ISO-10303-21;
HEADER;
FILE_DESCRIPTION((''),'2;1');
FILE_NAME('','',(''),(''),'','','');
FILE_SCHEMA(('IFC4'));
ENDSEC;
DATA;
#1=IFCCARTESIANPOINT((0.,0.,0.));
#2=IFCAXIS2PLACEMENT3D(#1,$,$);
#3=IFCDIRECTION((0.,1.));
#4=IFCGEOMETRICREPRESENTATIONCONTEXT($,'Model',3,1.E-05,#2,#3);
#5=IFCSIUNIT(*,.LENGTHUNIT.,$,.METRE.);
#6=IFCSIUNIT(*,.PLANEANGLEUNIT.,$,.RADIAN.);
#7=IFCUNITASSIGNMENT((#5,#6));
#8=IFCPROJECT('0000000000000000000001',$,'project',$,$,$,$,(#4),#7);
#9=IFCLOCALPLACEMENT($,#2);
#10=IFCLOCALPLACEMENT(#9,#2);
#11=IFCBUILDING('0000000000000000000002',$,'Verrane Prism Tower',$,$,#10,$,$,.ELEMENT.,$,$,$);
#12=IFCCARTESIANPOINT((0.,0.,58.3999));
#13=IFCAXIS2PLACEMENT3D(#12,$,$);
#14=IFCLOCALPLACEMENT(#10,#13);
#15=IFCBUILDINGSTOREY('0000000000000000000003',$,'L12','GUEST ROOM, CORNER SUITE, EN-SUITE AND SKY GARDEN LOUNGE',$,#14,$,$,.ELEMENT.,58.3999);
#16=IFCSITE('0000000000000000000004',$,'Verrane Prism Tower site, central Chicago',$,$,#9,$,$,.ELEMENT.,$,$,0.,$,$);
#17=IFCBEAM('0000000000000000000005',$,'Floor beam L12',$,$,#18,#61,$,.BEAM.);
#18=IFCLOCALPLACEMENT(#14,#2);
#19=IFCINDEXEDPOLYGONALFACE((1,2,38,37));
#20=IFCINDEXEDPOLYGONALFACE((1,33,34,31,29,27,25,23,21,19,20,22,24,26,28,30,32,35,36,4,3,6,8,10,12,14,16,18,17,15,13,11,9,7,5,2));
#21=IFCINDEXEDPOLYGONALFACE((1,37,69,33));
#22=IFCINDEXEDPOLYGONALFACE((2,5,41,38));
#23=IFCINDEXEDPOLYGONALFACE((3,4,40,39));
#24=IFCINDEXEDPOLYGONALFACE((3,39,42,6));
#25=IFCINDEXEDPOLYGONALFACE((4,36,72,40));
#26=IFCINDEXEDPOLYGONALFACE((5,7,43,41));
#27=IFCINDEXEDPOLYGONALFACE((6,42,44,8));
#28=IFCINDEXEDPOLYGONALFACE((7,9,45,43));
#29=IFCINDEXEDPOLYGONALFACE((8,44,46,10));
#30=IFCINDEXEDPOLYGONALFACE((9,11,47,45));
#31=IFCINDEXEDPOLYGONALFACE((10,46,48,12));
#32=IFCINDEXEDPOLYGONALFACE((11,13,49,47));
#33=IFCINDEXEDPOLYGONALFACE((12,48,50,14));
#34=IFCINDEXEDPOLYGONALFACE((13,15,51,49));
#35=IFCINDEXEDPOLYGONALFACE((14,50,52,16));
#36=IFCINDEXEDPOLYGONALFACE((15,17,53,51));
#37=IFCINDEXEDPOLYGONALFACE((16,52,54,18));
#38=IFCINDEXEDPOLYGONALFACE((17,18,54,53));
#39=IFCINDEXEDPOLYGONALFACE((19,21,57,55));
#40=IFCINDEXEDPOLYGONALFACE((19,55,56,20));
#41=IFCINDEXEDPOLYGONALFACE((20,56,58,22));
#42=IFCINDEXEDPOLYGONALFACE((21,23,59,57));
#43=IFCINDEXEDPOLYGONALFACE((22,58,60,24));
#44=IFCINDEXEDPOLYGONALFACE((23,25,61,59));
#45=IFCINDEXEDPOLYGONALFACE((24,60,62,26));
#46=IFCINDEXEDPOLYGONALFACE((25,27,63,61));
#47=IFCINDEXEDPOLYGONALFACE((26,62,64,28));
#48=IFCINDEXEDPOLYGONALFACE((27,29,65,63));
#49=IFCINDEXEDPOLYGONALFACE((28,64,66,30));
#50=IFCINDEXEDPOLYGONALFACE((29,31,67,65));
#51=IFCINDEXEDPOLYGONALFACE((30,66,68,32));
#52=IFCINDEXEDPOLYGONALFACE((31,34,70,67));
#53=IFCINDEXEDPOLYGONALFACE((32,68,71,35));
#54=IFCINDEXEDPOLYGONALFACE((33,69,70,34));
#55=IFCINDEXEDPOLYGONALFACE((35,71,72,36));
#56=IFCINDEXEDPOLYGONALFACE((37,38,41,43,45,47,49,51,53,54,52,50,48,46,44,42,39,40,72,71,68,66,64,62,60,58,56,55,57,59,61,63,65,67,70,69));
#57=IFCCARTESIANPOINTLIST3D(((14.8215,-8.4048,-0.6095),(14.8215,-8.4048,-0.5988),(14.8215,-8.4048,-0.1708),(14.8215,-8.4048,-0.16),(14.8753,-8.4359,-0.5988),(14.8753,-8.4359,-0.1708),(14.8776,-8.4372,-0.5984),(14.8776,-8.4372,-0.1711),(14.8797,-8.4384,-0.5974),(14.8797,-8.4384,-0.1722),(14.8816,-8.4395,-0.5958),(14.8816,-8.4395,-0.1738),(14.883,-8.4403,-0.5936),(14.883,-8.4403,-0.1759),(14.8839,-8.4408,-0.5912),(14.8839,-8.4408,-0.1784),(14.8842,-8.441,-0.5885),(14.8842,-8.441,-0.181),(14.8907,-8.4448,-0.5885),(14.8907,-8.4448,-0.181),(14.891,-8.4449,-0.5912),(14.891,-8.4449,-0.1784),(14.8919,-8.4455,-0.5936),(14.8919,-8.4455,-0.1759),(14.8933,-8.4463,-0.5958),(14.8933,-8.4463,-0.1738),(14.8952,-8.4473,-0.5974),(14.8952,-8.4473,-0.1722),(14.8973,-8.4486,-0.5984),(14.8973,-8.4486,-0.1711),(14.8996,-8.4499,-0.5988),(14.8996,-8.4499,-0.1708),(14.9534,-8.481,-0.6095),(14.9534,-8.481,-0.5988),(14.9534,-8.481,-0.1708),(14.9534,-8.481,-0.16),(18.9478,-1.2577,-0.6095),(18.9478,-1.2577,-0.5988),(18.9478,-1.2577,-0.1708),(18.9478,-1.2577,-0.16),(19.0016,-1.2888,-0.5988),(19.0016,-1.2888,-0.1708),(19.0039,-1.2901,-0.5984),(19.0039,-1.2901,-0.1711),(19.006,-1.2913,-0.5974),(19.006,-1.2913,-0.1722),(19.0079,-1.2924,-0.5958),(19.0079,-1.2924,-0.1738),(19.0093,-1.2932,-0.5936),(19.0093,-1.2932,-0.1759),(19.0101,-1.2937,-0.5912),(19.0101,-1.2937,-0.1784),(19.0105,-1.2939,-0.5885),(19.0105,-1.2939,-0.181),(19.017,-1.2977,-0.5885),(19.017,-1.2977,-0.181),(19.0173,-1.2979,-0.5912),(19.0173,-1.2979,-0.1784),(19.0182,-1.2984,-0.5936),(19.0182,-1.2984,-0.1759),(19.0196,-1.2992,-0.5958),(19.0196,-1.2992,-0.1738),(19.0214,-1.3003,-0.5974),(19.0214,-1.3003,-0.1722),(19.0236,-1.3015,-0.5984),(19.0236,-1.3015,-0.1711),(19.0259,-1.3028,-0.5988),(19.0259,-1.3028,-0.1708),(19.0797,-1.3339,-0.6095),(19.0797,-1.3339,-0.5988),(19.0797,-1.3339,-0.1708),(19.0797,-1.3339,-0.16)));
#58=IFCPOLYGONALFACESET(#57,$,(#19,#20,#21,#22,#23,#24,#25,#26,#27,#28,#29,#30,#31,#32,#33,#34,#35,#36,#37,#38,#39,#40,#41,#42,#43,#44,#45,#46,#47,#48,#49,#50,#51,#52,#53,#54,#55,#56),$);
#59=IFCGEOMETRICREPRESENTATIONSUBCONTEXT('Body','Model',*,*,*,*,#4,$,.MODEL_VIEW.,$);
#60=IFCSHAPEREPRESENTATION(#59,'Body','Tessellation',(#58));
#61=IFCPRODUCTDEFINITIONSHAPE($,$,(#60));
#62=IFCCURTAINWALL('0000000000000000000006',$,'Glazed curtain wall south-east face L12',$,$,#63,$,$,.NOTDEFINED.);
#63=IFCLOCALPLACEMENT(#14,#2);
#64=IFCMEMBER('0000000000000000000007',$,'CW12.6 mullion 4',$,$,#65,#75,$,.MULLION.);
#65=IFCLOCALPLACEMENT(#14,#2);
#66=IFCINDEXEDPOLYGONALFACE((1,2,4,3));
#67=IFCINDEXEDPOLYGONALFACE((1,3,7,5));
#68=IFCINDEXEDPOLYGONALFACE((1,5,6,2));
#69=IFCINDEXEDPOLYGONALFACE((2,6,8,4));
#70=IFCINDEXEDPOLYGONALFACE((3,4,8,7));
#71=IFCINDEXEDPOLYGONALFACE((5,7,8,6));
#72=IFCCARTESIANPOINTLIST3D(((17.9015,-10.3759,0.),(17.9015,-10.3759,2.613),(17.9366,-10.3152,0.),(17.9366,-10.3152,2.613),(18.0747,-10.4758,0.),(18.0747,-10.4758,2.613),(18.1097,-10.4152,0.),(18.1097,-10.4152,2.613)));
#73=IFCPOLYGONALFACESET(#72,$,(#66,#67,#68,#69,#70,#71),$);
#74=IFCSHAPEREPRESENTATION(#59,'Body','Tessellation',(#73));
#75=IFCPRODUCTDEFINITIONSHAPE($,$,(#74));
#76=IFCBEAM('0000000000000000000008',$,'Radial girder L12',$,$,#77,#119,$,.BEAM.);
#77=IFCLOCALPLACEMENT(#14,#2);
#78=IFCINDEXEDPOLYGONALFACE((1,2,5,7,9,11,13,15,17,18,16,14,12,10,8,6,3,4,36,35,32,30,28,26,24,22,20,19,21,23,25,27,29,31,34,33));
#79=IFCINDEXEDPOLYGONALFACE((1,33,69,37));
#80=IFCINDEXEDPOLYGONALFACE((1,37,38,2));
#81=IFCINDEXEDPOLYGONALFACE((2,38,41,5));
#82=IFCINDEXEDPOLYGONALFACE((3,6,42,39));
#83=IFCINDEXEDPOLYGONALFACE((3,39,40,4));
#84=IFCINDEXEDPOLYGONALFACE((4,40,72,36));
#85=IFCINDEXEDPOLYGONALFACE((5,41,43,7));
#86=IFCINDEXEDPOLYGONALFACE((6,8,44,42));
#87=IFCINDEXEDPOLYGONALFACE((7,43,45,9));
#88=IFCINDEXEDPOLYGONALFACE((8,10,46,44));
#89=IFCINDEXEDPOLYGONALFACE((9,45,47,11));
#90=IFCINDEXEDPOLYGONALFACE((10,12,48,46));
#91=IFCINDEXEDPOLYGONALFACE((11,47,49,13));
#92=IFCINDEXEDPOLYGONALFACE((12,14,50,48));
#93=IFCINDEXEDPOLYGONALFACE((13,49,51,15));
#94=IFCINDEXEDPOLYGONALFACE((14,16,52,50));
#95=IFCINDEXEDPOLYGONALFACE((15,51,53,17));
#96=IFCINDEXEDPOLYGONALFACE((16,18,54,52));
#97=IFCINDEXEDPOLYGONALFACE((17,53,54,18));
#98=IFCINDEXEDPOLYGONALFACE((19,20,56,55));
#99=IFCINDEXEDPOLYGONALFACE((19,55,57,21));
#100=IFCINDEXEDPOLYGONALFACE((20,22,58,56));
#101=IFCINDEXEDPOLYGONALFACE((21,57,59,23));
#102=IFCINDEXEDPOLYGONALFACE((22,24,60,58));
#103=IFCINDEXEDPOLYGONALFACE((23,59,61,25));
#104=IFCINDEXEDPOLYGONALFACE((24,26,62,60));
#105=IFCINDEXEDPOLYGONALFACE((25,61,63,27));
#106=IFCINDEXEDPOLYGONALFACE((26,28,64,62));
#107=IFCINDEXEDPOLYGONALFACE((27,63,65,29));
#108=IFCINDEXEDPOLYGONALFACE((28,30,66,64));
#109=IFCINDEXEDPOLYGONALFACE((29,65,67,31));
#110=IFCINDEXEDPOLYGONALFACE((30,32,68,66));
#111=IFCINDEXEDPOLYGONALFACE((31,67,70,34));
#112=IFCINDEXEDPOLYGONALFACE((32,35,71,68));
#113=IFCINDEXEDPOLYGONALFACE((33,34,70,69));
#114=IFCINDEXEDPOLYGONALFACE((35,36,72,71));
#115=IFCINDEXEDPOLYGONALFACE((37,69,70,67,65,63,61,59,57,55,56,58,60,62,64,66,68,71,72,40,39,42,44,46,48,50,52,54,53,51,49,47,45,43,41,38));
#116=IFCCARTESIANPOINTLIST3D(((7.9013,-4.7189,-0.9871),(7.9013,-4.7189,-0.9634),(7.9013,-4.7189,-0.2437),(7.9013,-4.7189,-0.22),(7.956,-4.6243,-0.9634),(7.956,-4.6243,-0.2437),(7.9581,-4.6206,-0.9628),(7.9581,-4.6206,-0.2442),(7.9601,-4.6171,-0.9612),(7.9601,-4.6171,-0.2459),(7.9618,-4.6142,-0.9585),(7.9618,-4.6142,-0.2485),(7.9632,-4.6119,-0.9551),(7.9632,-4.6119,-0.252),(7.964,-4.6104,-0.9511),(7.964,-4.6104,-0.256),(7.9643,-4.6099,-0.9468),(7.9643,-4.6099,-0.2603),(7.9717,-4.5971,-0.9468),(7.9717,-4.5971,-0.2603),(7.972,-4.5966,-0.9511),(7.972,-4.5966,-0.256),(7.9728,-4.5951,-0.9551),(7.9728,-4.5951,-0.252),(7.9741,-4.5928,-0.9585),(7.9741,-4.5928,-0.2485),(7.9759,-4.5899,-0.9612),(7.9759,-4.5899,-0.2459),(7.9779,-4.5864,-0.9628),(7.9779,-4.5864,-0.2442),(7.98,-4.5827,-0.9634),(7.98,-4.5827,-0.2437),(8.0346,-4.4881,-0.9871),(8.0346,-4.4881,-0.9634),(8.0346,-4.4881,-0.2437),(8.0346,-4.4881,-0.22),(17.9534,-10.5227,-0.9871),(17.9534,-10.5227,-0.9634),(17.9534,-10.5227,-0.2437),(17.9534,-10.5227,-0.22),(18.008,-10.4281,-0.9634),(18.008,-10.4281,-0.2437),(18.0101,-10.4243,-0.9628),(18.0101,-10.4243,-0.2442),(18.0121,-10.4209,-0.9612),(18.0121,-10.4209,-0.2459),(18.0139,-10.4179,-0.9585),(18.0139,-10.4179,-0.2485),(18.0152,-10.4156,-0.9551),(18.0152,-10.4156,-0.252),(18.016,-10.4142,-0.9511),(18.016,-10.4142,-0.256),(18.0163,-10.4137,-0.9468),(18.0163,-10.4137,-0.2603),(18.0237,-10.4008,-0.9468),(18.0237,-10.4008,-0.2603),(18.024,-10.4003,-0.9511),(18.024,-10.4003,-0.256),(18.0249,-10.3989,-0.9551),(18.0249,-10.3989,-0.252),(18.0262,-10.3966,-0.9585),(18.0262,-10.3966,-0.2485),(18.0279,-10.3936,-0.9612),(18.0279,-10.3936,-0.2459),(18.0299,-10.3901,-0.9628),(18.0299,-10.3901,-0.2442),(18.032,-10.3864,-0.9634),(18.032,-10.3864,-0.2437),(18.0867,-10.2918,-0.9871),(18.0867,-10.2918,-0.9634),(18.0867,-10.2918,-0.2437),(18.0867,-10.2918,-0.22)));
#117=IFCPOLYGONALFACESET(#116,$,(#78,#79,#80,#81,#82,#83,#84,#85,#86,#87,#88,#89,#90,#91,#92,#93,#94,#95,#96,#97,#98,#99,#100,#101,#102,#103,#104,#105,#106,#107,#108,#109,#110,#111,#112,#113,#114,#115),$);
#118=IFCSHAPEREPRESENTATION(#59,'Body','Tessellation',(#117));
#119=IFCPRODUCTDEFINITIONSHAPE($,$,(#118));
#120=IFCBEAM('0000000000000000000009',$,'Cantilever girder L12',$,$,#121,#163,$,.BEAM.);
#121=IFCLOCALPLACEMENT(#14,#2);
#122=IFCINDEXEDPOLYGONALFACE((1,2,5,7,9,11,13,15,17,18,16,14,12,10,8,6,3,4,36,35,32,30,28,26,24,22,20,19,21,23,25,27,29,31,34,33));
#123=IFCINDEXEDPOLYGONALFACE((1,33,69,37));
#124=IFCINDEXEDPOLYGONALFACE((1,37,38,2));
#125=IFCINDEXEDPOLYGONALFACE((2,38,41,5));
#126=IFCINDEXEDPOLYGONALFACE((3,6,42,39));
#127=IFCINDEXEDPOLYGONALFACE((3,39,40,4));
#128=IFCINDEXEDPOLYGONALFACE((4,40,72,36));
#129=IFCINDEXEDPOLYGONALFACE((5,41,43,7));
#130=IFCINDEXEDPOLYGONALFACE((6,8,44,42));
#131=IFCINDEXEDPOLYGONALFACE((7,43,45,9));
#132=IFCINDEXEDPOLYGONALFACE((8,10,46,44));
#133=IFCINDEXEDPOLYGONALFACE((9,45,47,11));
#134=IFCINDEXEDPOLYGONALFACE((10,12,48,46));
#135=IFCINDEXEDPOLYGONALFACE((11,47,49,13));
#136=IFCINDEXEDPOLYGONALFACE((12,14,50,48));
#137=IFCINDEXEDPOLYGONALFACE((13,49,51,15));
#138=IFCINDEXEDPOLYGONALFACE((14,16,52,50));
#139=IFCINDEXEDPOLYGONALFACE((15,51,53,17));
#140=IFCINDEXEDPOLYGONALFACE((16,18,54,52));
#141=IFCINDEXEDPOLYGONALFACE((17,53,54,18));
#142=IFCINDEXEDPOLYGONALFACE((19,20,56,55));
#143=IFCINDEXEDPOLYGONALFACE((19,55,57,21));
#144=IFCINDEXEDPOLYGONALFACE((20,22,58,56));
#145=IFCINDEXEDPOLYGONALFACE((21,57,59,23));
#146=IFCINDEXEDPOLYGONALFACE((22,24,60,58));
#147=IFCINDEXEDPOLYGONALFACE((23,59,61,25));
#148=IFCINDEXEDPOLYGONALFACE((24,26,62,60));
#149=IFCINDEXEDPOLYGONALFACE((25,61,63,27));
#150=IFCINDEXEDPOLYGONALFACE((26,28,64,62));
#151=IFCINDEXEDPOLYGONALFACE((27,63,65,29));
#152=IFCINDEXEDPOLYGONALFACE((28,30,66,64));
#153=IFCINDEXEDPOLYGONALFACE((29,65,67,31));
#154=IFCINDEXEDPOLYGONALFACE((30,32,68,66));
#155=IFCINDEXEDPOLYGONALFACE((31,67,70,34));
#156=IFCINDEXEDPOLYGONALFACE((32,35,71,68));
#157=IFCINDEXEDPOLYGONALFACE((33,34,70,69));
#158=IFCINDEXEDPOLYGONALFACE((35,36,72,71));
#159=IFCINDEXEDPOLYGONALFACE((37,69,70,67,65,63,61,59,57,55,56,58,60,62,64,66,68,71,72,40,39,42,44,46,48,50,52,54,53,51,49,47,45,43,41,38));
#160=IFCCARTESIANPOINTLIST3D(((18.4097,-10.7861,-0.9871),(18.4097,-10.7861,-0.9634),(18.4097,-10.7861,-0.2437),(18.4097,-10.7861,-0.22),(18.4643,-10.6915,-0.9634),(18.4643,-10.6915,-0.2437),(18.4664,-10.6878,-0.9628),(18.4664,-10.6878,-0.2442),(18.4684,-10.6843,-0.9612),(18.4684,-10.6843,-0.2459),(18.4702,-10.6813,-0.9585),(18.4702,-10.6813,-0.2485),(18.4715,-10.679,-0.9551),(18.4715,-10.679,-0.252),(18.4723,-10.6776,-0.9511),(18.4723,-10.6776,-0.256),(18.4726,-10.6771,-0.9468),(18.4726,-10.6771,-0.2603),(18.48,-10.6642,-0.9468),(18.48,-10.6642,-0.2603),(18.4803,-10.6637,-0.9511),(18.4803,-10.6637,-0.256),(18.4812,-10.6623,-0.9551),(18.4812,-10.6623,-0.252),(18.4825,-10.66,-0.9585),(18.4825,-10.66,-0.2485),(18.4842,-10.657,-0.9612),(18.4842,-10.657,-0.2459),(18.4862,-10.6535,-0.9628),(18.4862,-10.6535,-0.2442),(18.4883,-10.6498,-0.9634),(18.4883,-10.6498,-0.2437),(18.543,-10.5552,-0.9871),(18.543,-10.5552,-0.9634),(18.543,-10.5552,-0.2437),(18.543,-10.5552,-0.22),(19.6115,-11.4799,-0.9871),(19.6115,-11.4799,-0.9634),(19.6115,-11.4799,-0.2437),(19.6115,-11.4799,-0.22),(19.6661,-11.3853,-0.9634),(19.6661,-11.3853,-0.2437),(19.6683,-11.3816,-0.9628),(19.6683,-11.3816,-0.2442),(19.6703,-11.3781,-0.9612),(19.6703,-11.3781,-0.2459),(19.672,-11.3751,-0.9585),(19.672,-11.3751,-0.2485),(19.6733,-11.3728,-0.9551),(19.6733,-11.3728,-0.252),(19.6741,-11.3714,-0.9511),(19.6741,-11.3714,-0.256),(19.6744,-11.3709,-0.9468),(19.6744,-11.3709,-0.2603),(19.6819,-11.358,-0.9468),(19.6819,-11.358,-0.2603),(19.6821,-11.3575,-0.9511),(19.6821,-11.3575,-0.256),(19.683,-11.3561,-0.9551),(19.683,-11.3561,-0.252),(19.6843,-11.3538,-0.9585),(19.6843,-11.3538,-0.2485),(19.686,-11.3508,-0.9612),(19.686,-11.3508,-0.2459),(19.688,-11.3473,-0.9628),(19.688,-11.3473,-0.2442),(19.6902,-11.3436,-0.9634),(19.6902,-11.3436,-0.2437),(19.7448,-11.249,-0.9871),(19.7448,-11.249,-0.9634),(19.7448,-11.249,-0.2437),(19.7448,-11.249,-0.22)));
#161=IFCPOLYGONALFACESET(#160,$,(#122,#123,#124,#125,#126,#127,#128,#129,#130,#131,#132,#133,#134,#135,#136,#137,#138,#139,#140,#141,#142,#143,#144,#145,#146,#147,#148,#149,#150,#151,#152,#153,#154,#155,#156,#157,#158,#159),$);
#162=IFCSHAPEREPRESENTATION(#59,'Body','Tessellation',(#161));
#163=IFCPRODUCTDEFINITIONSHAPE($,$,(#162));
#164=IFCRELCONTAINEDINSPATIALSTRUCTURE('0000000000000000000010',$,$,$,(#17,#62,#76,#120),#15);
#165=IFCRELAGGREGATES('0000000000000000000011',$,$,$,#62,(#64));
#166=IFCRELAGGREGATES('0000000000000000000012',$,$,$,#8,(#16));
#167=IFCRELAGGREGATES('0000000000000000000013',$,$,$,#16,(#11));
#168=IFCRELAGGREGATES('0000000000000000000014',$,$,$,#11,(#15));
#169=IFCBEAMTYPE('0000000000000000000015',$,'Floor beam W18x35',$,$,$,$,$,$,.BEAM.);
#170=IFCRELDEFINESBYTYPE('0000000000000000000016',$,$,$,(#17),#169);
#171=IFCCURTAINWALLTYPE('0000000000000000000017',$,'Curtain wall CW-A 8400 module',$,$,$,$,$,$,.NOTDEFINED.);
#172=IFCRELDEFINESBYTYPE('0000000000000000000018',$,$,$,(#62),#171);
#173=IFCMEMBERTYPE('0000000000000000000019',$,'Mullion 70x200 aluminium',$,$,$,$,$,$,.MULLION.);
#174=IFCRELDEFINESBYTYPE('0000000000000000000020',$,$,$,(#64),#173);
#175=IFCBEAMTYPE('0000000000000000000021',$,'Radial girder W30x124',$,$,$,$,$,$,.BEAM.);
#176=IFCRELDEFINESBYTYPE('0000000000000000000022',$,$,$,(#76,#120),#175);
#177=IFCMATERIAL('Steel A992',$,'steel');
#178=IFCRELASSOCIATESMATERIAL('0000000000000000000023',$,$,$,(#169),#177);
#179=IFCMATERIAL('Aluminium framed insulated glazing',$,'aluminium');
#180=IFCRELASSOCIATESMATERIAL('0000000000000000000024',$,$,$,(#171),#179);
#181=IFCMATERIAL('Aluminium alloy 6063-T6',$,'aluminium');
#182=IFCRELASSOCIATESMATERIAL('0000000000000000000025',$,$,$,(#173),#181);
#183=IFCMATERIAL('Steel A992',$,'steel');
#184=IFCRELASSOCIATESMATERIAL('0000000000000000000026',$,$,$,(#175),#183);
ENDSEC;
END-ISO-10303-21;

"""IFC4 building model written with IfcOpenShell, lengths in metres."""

from ifc_helpers import new_model, si_unit, direction, frame, origin, origin_2d, place, context, subcontext, project, spatial, rectangle, i_section, extrude, material, material_profile, profile_set, type_object, element, aggregate, save


model = new_model("IFC4")

# Units and contexts
model_context = context("Model", 3, precision=1e-05, world=origin(), true_north=direction((0.0, 1.0)))
body_context = subcontext(model_context, "Body", "Model", "MODEL_VIEW")
ifc_project = project(units=[si_unit("LENGTHUNIT", "METRE"), si_unit("PLANEANGLEUNIT", "RADIAN")], contexts=[model_context])

# Site, building, storey
site_placement = place(None, origin())
site = spatial("IfcSite", under=ifc_project, at=site_placement, Name="Verrane Prism Tower site, central Chicago", CompositionType="ELEMENT", RefElevation=0.0)
building_placement = place(site_placement, origin())
building = spatial("IfcBuilding", under=site, at=building_placement, Name="Verrane Prism Tower", CompositionType="ELEMENT")
storey_placement = place(building_placement, frame((0.0, 0.0, 58.3999)))
storey = spatial("IfcBuildingStorey", under=building, at=storey_placement, Name="L12", Description="GUEST ROOM, CORNER SUITE, EN-SUITE AND SKY GARDEN LOUNGE", CompositionType="ELEMENT", Elevation=58.3999)

# Beam
ifc_material_1 = material(Name="Steel A992", Category="steel")
ifc_material_profile_1 = material_profile(ifc_material_1, i_section(OverallWidth=0.1523, OverallDepth=0.4495, WebThickness=0.0076, FlangeThickness=0.0107, FilletRadius=0.0103, at=origin_2d()), Name="W18x35")
ifc_profile_set_1 = profile_set([ifc_material_profile_1], Name="Steel A992")
beam_type_1 = type_object("IfcBeamType", Name="Floor beam W18x35", PredefinedType="BEAM", material=ifc_profile_set_1)
beam_1_placement = place(storey_placement, frame((14.8875, -8.4429, -0.3848), z_axis=(0.499992, 0.86603, 0.0), x_axis=(-0.86603, 0.499992, 0.0)))
element("IfcBeam", 1, at=beam_1_placement, inside=storey, type_object=beam_type_1, Name="Floor beam L12", PredefinedType="BEAM", context=body_context, shape_type="SweptSolid", body=[
    extrude(i_section(OverallWidth=0.1523, OverallDepth=0.4495, WebThickness=0.0076, FlangeThickness=0.0107, FilletRadius=0.0103, at=origin_2d()), origin(), (0.0, 0.0, 1.0), 8.2527),
])

# Curtain wall, member
ifc_material_2 = material(Name="Aluminium framed insulated glazing", Category="aluminium")
curtain_wall_type = type_object("IfcCurtainWallType", Name="Curtain wall CW-A 8400 module", PredefinedType="NOTDEFINED", material=ifc_material_2)
curtain_wall_placement = place(storey_placement, origin())
curtain_wall = element("IfcCurtainWall", 2, at=curtain_wall_placement, inside=storey, type_object=curtain_wall_type, Name="Glazed curtain wall south-east face L12", PredefinedType="NOTDEFINED")
ifc_material_3 = material(Name="Aluminium alloy 6063-T6", Category="aluminium")
ifc_material_profile_2 = material_profile(ifc_material_3, rectangle(XDim=0.2, YDim=0.0701, at=origin_2d()), Name="Mullion 70x200 aluminium")
ifc_profile_set_2 = profile_set([ifc_material_profile_2], Name="Aluminium alloy 6063-T6")
member_type_1 = type_object("IfcMemberType", Name="Mullion 70x200 aluminium", PredefinedType="MULLION", material=ifc_profile_set_2)
member_1_placement = place(storey_placement, frame((18.0056, -10.3955, 0.0), z_axis=(0.0, 0.0, 1.0), x_axis=(-0.866026, 0.499999, 0.0)))
member_1 = element("IfcMember", 3, at=member_1_placement, type_object=member_type_1, Name="CW12.6 mullion 4", PredefinedType="MULLION", context=body_context, shape_type="SweptSolid", body=[
    extrude(rectangle(XDim=0.2, YDim=0.0701, at=origin_2d()), origin(), (0.0, 0.0, 1.0), 2.613),
])

# Beams
ifc_material_4 = material(Name="Steel A992", Category="steel")
ifc_material_profile_3 = material_profile(ifc_material_4, i_section(OverallWidth=0.2666, OverallDepth=0.7671, WebThickness=0.0149, FlangeThickness=0.0237, FilletRadius=0.0166, at=origin_2d()), Name="W30x124")
ifc_profile_set_3 = profile_set([ifc_material_profile_3], Name="Steel A992")
beam_type_2 = type_object("IfcBeamType", Name="Radial girder W30x124", PredefinedType="BEAM", material=ifc_profile_set_3)
beam_2_placement = place(storey_placement, frame((18.02, -10.4072, -0.6035), z_axis=(-0.866019, 0.500012, 0.0), x_axis=(-0.500012, -0.866019, 0.0)))
element("IfcBeam", 4, at=beam_2_placement, inside=storey, type_object=beam_type_2, Name="Radial girder L12", PredefinedType="BEAM", context=body_context, shape_type="SweptSolid", body=[
    extrude(i_section(OverallWidth=0.2666, OverallDepth=0.7671, WebThickness=0.0149, FlangeThickness=0.0237, FilletRadius=0.0166, at=origin_2d()), origin(), (0.0, 0.0, 1.0), 11.6072),
])
beam_3_placement = place(storey_placement, frame((18.4763, -10.6707, -0.6035), z_axis=(0.866048, -0.499961, 0.0), x_axis=(0.499961, 0.866048, 0.0)))
element("IfcBeam", 5, at=beam_3_placement, inside=storey, type_object=beam_type_2, Name="Cantilever girder L12", PredefinedType="BEAM", context=body_context, shape_type="SweptSolid", body=[
    extrude(i_section(OverallWidth=0.2666, OverallDepth=0.7671, WebThickness=0.0149, FlangeThickness=0.0237, FilletRadius=0.0166, at=origin_2d()), origin(), (0.0, 0.0, 1.0), 1.3877),
])

aggregate(curtain_wall, [member_1])

save(model, "model.ifc")
